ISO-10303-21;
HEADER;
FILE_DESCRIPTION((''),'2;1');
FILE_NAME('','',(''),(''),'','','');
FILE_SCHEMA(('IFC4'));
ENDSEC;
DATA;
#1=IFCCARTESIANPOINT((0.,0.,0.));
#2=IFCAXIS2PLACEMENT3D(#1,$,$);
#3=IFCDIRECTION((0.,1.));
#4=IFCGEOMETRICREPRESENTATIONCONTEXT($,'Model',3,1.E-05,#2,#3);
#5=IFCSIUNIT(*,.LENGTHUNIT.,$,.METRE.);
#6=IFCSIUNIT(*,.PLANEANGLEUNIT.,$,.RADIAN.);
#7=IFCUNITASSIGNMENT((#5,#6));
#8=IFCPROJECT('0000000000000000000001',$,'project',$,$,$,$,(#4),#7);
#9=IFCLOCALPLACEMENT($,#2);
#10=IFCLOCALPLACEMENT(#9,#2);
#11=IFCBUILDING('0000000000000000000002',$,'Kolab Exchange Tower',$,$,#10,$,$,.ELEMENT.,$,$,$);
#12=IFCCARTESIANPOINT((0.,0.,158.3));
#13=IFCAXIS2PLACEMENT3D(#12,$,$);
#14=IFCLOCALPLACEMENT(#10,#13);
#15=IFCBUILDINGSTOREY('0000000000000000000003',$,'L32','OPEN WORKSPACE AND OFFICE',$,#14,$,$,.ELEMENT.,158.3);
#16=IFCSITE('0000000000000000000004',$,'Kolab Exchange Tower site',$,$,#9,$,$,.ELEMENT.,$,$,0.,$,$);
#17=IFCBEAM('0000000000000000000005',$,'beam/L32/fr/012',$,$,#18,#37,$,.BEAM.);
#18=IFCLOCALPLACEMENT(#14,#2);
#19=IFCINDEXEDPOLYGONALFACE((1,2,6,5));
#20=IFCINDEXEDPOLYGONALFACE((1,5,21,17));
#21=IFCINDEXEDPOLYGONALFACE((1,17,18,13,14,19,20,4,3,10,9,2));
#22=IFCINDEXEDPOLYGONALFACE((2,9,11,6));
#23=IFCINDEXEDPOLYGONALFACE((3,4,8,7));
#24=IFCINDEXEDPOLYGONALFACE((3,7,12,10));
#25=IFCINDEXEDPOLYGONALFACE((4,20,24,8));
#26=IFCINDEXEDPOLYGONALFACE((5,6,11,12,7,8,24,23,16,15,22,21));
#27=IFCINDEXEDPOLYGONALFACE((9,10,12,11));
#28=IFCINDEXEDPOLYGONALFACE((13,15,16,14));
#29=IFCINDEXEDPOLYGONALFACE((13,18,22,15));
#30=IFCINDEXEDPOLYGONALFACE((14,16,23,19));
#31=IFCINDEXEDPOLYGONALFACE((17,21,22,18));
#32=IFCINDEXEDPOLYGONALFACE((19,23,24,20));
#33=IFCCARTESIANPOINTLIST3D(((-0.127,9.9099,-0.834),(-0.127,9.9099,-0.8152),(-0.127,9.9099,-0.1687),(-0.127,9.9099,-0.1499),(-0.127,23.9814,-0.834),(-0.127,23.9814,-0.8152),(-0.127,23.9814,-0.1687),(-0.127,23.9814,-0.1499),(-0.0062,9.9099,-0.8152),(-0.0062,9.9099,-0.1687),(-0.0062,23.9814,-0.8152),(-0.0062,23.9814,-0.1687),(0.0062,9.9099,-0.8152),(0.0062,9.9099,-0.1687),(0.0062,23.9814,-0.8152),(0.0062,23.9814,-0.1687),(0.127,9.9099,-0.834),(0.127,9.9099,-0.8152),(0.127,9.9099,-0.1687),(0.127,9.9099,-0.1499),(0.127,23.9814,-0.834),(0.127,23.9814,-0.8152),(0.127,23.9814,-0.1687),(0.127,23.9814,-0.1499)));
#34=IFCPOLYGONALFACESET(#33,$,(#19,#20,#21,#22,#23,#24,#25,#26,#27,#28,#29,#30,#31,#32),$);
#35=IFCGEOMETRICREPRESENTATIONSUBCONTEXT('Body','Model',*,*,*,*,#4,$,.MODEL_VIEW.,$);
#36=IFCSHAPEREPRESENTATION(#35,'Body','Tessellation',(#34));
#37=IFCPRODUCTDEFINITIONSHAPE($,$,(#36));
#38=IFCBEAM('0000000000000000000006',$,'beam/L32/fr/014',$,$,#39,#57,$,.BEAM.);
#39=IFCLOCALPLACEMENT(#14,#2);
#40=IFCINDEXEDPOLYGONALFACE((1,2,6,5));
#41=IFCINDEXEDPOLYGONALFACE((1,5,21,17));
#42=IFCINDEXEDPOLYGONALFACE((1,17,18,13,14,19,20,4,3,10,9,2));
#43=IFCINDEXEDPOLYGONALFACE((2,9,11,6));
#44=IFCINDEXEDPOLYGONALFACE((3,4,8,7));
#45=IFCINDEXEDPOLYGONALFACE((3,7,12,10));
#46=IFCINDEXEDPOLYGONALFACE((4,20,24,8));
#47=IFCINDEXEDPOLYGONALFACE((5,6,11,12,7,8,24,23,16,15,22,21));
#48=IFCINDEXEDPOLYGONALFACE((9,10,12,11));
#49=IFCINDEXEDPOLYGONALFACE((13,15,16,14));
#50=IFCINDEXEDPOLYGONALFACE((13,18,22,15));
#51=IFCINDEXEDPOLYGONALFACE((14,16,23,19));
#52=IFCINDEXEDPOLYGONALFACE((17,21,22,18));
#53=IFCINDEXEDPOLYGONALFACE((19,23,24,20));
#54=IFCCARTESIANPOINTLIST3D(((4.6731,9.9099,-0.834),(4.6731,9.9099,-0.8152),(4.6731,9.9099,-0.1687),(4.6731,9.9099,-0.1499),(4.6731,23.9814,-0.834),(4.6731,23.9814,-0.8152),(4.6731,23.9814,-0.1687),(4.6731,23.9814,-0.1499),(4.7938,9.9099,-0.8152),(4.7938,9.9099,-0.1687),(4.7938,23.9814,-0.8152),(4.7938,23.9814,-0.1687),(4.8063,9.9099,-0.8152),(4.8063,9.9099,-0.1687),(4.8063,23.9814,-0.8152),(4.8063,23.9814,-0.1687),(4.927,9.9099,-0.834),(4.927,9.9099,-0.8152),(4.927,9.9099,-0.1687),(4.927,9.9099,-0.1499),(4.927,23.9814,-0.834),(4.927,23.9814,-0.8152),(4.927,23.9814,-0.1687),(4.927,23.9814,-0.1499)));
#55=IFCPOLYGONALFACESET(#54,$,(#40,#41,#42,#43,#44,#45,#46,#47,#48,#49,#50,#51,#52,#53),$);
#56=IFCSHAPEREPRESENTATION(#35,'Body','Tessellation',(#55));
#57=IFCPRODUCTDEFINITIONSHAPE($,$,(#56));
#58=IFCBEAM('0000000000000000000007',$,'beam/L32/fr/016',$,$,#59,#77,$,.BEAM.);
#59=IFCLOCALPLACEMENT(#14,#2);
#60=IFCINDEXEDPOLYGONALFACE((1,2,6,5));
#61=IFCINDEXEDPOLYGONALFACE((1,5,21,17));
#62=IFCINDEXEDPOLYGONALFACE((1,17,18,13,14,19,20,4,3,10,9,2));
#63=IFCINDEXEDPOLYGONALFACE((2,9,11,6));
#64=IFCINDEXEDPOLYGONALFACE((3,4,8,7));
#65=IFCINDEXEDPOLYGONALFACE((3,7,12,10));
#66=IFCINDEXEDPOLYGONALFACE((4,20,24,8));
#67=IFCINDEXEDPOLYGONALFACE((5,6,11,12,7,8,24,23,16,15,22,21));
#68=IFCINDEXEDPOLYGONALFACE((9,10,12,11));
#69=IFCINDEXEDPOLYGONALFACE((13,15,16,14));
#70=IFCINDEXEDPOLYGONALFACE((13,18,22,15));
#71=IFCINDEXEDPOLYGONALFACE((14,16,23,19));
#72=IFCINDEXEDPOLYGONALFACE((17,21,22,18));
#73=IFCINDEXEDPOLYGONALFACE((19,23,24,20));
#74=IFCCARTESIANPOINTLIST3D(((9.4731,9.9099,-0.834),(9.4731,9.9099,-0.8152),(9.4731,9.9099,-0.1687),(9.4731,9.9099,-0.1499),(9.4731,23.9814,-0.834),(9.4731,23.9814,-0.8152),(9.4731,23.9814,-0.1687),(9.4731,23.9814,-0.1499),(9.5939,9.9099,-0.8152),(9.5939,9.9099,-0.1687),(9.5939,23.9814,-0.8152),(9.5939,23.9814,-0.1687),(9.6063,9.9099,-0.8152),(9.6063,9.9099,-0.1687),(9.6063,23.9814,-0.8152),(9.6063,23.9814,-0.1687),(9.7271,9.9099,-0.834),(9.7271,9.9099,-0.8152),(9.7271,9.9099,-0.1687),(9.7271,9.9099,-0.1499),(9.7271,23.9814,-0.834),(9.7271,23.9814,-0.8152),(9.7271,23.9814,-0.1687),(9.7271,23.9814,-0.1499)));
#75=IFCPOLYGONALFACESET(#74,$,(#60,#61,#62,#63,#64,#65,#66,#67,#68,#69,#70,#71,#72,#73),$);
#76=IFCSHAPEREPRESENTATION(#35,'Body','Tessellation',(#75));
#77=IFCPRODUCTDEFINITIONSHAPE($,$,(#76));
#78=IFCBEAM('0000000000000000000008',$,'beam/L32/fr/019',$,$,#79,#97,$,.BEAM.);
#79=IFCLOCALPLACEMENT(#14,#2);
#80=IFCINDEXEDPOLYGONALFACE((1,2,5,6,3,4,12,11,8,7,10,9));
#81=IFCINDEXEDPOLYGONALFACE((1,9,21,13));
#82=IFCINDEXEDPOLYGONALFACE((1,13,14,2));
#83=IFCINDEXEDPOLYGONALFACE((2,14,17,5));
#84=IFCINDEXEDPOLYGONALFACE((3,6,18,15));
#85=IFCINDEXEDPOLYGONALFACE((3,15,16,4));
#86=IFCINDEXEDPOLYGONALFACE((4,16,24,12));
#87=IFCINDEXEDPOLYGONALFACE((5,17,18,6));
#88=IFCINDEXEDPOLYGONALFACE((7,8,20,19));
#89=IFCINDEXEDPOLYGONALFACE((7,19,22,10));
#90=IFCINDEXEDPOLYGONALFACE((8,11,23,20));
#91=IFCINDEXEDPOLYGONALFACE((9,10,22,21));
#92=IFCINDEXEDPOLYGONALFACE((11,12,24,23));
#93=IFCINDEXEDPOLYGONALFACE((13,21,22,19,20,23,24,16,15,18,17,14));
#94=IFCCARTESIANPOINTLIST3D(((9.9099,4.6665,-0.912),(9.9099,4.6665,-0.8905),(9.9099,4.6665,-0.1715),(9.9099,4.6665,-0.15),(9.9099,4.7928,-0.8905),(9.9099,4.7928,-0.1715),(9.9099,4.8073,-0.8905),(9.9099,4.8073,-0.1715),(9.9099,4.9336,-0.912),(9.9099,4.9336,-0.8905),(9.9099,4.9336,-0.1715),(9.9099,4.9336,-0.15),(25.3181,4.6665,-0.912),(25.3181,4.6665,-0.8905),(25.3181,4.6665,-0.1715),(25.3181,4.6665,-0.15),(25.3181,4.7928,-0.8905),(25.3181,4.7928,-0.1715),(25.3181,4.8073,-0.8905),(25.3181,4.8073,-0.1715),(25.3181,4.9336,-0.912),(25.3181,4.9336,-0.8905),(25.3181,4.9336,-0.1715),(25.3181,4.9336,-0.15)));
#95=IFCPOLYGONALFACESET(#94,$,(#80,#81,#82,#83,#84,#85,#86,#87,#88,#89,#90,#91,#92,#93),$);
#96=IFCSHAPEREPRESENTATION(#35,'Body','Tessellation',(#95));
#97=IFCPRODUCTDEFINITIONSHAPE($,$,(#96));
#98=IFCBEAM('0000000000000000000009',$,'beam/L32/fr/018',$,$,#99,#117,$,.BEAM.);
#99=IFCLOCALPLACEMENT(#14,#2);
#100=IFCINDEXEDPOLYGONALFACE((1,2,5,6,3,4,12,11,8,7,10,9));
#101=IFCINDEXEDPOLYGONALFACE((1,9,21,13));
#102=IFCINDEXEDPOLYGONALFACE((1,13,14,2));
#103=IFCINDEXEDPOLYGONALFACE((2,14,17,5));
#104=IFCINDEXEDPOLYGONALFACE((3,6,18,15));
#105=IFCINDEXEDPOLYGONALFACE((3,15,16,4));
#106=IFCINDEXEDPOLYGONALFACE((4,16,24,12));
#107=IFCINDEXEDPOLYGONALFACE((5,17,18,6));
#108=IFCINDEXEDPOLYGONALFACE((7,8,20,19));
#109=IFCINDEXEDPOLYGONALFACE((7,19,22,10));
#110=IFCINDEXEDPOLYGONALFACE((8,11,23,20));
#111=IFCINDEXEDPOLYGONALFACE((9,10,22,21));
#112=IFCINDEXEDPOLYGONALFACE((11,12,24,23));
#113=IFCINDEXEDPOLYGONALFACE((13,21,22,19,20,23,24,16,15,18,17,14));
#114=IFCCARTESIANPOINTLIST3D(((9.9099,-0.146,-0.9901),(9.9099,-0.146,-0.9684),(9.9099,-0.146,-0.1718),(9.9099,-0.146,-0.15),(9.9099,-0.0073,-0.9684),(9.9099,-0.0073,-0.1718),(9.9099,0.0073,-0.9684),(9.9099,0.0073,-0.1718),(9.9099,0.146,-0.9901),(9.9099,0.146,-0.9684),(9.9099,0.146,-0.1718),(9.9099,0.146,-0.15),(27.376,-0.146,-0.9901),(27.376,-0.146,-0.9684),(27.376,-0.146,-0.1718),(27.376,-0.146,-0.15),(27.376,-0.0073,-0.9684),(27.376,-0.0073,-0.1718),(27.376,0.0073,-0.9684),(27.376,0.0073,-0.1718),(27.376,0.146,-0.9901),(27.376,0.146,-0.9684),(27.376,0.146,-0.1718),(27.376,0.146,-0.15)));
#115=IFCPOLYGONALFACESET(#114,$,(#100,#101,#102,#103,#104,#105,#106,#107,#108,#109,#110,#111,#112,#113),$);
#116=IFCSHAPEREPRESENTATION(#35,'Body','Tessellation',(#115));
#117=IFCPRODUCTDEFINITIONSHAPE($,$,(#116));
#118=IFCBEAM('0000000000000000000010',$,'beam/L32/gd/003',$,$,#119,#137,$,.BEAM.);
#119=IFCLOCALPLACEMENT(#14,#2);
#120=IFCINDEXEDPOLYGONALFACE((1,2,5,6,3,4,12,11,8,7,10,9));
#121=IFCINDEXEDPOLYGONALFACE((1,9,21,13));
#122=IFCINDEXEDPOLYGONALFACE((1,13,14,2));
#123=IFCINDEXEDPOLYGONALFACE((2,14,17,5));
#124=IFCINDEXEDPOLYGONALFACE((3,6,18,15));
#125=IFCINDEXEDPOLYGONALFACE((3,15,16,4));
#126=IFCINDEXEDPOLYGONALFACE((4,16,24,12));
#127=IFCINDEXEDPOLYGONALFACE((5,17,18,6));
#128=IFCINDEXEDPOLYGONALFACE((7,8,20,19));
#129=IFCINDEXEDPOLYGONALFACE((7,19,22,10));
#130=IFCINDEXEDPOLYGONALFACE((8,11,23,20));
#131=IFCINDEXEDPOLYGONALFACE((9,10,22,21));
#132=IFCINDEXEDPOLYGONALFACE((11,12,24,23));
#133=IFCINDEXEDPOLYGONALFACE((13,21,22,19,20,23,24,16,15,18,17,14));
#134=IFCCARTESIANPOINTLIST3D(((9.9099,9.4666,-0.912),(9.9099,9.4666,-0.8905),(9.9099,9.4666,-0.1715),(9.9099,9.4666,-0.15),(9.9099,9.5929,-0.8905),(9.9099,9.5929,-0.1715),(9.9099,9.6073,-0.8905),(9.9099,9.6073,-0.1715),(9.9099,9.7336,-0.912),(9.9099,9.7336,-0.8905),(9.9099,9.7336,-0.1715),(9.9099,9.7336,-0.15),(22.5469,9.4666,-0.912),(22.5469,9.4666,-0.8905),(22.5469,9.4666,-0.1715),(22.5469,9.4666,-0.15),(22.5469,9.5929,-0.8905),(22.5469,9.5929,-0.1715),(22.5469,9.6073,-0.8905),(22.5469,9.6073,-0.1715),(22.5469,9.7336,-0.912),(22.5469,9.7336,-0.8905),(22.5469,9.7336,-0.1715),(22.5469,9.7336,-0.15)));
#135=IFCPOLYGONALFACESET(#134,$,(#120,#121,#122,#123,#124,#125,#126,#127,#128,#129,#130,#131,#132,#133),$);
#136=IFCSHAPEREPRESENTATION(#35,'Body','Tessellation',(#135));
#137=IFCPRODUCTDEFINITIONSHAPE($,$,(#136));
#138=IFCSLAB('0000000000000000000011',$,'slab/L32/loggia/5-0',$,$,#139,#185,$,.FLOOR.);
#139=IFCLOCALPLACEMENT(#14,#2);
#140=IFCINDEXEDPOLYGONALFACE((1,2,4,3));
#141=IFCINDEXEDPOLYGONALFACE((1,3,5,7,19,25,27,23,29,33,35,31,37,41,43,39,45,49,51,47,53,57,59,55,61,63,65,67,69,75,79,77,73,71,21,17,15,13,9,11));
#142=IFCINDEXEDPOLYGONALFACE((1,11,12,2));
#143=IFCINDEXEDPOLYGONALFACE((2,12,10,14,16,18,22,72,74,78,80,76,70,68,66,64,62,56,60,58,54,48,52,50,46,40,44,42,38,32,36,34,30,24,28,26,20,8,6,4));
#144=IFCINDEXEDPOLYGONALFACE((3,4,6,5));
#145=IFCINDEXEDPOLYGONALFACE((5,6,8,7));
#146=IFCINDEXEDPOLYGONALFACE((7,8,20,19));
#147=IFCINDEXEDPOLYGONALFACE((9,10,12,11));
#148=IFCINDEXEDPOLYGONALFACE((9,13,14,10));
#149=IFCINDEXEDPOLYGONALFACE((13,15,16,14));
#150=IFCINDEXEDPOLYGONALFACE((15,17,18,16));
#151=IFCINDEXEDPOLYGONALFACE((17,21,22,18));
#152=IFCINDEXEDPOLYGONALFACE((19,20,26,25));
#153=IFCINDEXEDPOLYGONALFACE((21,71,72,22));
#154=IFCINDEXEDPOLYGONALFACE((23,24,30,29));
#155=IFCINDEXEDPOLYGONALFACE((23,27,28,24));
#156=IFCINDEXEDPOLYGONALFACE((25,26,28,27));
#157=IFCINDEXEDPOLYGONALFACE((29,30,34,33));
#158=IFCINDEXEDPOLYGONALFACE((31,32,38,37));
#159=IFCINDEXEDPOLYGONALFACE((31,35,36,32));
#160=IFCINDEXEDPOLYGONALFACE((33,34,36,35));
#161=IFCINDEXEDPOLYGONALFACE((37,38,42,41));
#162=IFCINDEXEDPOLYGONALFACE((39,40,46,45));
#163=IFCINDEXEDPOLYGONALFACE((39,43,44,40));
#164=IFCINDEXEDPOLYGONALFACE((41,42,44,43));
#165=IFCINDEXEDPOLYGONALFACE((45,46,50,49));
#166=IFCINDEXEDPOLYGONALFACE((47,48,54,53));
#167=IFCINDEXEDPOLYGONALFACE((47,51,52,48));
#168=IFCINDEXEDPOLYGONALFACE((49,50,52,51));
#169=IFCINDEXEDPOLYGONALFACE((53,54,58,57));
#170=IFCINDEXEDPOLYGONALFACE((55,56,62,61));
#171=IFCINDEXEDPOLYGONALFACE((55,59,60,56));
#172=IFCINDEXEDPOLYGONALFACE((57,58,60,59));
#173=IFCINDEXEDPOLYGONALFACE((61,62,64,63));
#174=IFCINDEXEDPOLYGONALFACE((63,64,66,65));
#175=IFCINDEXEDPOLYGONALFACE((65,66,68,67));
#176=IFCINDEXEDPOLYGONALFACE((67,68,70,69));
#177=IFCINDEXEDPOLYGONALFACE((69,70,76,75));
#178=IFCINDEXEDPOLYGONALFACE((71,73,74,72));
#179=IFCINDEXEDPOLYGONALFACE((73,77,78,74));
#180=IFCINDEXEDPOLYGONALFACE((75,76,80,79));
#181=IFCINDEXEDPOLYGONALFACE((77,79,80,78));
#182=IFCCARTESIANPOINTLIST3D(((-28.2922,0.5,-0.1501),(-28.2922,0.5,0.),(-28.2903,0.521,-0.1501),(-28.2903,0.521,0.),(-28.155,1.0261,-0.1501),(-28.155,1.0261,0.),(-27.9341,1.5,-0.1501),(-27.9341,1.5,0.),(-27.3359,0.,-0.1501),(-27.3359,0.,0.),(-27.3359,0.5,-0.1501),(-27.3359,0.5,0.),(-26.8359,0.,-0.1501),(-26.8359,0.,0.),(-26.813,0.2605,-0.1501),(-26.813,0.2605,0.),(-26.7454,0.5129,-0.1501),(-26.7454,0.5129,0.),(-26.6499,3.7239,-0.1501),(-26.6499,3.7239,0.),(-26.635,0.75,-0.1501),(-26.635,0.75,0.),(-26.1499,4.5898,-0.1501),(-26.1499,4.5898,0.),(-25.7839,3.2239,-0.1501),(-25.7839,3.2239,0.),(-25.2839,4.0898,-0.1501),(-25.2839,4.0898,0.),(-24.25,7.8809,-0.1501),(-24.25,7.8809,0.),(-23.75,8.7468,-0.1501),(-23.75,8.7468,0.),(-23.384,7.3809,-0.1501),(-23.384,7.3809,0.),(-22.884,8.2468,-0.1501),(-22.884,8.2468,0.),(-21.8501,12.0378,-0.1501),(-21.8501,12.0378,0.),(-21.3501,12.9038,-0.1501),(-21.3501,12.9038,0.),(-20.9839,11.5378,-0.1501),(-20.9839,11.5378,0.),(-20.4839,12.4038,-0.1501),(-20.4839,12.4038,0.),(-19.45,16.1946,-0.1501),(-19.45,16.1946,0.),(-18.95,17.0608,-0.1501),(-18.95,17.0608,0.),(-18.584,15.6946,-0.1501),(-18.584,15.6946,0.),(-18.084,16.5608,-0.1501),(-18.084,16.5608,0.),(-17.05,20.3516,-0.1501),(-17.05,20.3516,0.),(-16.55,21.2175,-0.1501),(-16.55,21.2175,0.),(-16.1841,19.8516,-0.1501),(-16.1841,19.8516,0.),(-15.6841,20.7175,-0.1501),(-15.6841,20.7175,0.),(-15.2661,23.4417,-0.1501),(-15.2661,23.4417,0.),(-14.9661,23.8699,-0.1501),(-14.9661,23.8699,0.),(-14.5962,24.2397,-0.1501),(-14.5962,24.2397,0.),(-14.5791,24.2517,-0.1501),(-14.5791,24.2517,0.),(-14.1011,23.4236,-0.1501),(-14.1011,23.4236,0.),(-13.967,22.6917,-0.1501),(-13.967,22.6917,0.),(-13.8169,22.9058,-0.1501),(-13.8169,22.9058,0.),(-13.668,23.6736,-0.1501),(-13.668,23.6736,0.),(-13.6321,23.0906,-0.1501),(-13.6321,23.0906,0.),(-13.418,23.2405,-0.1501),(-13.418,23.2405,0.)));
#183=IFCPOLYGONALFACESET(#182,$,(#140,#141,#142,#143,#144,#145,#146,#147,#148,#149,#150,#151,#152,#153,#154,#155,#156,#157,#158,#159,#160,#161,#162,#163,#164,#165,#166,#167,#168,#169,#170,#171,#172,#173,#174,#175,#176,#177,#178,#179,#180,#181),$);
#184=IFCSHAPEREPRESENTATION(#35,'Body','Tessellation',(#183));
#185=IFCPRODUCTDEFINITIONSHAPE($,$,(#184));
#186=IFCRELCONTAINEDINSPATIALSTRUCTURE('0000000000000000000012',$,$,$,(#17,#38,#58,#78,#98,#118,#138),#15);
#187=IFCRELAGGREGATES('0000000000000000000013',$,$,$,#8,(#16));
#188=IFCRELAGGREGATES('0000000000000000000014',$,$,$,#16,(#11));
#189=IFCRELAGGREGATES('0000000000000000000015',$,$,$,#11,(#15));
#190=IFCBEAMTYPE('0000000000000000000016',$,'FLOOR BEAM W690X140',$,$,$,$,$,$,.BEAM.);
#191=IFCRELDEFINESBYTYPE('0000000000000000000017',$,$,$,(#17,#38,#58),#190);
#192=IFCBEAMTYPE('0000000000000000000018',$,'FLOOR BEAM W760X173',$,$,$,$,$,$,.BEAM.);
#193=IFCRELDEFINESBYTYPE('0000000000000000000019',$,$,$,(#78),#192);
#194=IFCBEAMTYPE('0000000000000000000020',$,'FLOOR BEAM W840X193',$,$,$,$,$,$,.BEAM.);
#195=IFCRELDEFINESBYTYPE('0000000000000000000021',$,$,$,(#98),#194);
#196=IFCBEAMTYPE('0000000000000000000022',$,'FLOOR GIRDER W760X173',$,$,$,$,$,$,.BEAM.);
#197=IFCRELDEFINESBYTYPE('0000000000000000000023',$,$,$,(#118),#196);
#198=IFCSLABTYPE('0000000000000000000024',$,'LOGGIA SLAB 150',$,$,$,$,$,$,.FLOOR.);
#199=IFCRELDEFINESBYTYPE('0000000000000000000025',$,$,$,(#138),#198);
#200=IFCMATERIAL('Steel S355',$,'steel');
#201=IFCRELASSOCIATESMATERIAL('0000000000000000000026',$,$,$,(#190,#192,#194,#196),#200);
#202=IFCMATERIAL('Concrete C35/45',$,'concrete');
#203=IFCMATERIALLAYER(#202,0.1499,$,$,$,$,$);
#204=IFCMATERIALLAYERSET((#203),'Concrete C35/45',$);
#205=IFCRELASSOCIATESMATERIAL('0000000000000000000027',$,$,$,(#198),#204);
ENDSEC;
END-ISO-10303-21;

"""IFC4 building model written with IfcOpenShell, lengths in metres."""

from ifc_helpers import new_model, si_unit, direction, frame, origin, origin_2d, place, context, subcontext, project, spatial, polyline, i_section, outline, extrude, material, layer, layer_set, material_profile, profile_set, type_object, element, save


model = new_model("IFC4")

# Units and contexts
model_context = context("Model", 3, precision=1e-05, world=origin(), true_north=direction((0.0, 1.0)))
body_context = subcontext(model_context, "Body", "Model", "MODEL_VIEW")
ifc_project = project(units=[si_unit("LENGTHUNIT", "METRE"), si_unit("PLANEANGLEUNIT", "RADIAN")], contexts=[model_context])

# Site, building, storey
site_placement = place(None, origin())
site = spatial("IfcSite", under=ifc_project, at=site_placement, Name="Kolab Exchange Tower site", CompositionType="ELEMENT", RefElevation=0.0)
building_placement = place(site_placement, origin())
building = spatial("IfcBuilding", under=site, at=building_placement, Name="Kolab Exchange Tower", CompositionType="ELEMENT")
storey_placement = place(building_placement, frame((0.0, 0.0, 158.3)))
storey = spatial("IfcBuildingStorey", under=building, at=storey_placement, Name="L32", Description="OPEN WORKSPACE AND OFFICE", CompositionType="ELEMENT", Elevation=158.3)

# Beams
ifc_material_1 = material(Name="Steel S355", Category="steel")
ifc_material_profile_1 = material_profile(ifc_material_1, i_section(OverallWidth=0.2539, OverallDepth=0.6841, WebThickness=0.0125, FlangeThickness=0.0188, at=origin_2d()), Name="W690X140")
ifc_profile_set_1 = profile_set([ifc_material_profile_1], Name="Steel S355")
beam_type_1 = type_object("IfcBeamType", Name="FLOOR BEAM W690X140", PredefinedType="BEAM", material=ifc_profile_set_1)
for number, where, z_axis, x_axis, name in (
    (1, (0.0, 9.9099, -0.4919), (0.0, 1.0, 0.0), (-1.0, 0.0, 0.0), "beam/L32/fr/012"),
    (2, (4.8, 9.9099, -0.4919), (0.0, 1.0, 0.0), (-1.0, 0.0, 0.0), "beam/L32/fr/014"),
    (3, (9.6001, 9.9099, -0.4919), (0.0, 1.0, 0.0), (-1.0, 0.0, 0.0), "beam/L32/fr/016"),
):
    element("IfcBeam", number, at=place(storey_placement, frame(where, z_axis=z_axis, x_axis=x_axis)), inside=storey, type_object=beam_type_1, Name=name, PredefinedType="BEAM", context=body_context, shape_type="SweptSolid", body=[
        extrude(i_section(OverallWidth=0.2539, OverallDepth=0.6841, WebThickness=0.0125, FlangeThickness=0.0188, at=origin_2d()), origin(), (0.0, 0.0, 1.0), 14.0715),
    ])
ifc_material_profile_2 = material_profile(ifc_material_1, i_section(OverallWidth=0.2671, OverallDepth=0.762, WebThickness=0.0144, FlangeThickness=0.0215, at=origin_2d()), Name="W760X173")
ifc_profile_set_2 = profile_set([ifc_material_profile_2], Name="Steel S355")
beam_type_2 = type_object("IfcBeamType", Name="FLOOR BEAM W760X173", PredefinedType="BEAM", material=ifc_profile_set_2)
beam_1_placement = place(storey_placement, frame((9.9099, 4.8, -0.531), z_axis=(1.0, 0.0, 0.0), x_axis=(0.0, 1.0, 0.0)))
element("IfcBeam", 4, at=beam_1_placement, inside=storey, type_object=beam_type_2, Name="beam/L32/fr/019", PredefinedType="BEAM", context=body_context, shape_type="SweptSolid", body=[
    extrude(i_section(OverallWidth=0.2671, OverallDepth=0.762, WebThickness=0.0144, FlangeThickness=0.0215, at=origin_2d()), origin(), (0.0, 0.0, 1.0), 15.4082),
])
ifc_material_profile_3 = material_profile(ifc_material_1, i_section(OverallWidth=0.292, OverallDepth=0.8401, WebThickness=0.0146, FlangeThickness=0.0217, at=origin_2d()), Name="W840X193")
ifc_profile_set_3 = profile_set([ifc_material_profile_3], Name="Steel S355")
beam_type_3 = type_object("IfcBeamType", Name="FLOOR BEAM W840X193", PredefinedType="BEAM", material=ifc_profile_set_3)
beam_2_placement = place(storey_placement, frame((9.9099, 0.0, -0.5701), z_axis=(1.0, 0.0, 0.0), x_axis=(0.0, 1.0, 0.0)))
element("IfcBeam", 5, at=beam_2_placement, inside=storey, type_object=beam_type_3, Name="beam/L32/fr/018", PredefinedType="BEAM", context=body_context, shape_type="SweptSolid", body=[
    extrude(i_section(OverallWidth=0.292, OverallDepth=0.8401, WebThickness=0.0146, FlangeThickness=0.0217, at=origin_2d()), origin(), (0.0, 0.0, 1.0), 17.4661),
])
ifc_material_profile_4 = material_profile(ifc_material_1, i_section(OverallWidth=0.2671, OverallDepth=0.762, WebThickness=0.0144, FlangeThickness=0.0215, at=origin_2d()), Name="W760X173")
ifc_profile_set_4 = profile_set([ifc_material_profile_4], Name="Steel S355")
beam_type_4 = type_object("IfcBeamType", Name="FLOOR GIRDER W760X173", PredefinedType="BEAM", material=ifc_profile_set_4)
beam_3_placement = place(storey_placement, frame((9.9099, 9.6001, -0.531), z_axis=(1.0, 0.0, 0.0), x_axis=(0.0, 1.0, 0.0)))
element("IfcBeam", 6, at=beam_3_placement, inside=storey, type_object=beam_type_4, Name="beam/L32/gd/003", PredefinedType="BEAM", context=body_context, shape_type="SweptSolid", body=[
    extrude(i_section(OverallWidth=0.2671, OverallDepth=0.762, WebThickness=0.0144, FlangeThickness=0.0215, at=origin_2d()), origin(), (0.0, 0.0, 1.0), 12.637),
])

# Slab
ifc_material_2 = material(Name="Concrete C35/45", Category="concrete")
ifc_layer_1 = layer(ifc_material_2, 0.1499)
ifc_layer_set_1 = layer_set([ifc_layer_1], Name="Concrete C35/45")
slab_type_1 = type_object("IfcSlabType", Name="LOGGIA SLAB 150", PredefinedType="FLOOR", material=ifc_layer_set_1)
slab_1_placement = place(storey_placement, frame((0.0, 0.0, -0.1501)))
element("IfcSlab", 7, at=slab_1_placement, inside=storey, type_object=slab_type_1, Name="slab/L32/loggia/5-0", PredefinedType="FLOOR", context=body_context, shape_type="SweptSolid", body=[
    extrude(outline(polyline([(-13.418, 23.2405), (-13.668, 23.6736), (-14.1011, 23.4236), (-14.5791, 24.2517), (-14.5962, 24.2397), (-14.9661, 23.8699), (-15.2661, 23.4417), (-16.55, 21.2175), (-15.6841, 20.7175), (-16.1841, 19.8516), (-17.05, 20.3516), (-18.95, 17.0608), (-18.084, 16.5608), (-18.584, 15.6946), (-19.45, 16.1946), (-21.3501, 12.9038), (-20.4839, 12.4038), (-20.9839, 11.5378), (-21.8501, 12.0378), (-23.75, 8.7468), (-22.884, 8.2468), (-23.384, 7.3809), (-24.25, 7.8809), (-26.1499, 4.5898), (-25.2839, 4.0898), (-25.7839, 3.2239), (-26.6499, 3.7239), (-27.9341, 1.5), (-28.155, 1.0261), (-28.2903, 0.521), (-28.2922, 0.5), (-27.3359, 0.5), (-27.3359, 0.0), (-26.8359, 0.0), (-26.813, 0.2605), (-26.7454, 0.5129), (-26.635, 0.75), (-13.967, 22.6917), (-13.8169, 22.9058), (-13.6321, 23.0906), (-13.418, 23.2405)])), origin(), (0.0, 0.0, 1.0), 0.1501),
])

save(model, "model.ifc")
